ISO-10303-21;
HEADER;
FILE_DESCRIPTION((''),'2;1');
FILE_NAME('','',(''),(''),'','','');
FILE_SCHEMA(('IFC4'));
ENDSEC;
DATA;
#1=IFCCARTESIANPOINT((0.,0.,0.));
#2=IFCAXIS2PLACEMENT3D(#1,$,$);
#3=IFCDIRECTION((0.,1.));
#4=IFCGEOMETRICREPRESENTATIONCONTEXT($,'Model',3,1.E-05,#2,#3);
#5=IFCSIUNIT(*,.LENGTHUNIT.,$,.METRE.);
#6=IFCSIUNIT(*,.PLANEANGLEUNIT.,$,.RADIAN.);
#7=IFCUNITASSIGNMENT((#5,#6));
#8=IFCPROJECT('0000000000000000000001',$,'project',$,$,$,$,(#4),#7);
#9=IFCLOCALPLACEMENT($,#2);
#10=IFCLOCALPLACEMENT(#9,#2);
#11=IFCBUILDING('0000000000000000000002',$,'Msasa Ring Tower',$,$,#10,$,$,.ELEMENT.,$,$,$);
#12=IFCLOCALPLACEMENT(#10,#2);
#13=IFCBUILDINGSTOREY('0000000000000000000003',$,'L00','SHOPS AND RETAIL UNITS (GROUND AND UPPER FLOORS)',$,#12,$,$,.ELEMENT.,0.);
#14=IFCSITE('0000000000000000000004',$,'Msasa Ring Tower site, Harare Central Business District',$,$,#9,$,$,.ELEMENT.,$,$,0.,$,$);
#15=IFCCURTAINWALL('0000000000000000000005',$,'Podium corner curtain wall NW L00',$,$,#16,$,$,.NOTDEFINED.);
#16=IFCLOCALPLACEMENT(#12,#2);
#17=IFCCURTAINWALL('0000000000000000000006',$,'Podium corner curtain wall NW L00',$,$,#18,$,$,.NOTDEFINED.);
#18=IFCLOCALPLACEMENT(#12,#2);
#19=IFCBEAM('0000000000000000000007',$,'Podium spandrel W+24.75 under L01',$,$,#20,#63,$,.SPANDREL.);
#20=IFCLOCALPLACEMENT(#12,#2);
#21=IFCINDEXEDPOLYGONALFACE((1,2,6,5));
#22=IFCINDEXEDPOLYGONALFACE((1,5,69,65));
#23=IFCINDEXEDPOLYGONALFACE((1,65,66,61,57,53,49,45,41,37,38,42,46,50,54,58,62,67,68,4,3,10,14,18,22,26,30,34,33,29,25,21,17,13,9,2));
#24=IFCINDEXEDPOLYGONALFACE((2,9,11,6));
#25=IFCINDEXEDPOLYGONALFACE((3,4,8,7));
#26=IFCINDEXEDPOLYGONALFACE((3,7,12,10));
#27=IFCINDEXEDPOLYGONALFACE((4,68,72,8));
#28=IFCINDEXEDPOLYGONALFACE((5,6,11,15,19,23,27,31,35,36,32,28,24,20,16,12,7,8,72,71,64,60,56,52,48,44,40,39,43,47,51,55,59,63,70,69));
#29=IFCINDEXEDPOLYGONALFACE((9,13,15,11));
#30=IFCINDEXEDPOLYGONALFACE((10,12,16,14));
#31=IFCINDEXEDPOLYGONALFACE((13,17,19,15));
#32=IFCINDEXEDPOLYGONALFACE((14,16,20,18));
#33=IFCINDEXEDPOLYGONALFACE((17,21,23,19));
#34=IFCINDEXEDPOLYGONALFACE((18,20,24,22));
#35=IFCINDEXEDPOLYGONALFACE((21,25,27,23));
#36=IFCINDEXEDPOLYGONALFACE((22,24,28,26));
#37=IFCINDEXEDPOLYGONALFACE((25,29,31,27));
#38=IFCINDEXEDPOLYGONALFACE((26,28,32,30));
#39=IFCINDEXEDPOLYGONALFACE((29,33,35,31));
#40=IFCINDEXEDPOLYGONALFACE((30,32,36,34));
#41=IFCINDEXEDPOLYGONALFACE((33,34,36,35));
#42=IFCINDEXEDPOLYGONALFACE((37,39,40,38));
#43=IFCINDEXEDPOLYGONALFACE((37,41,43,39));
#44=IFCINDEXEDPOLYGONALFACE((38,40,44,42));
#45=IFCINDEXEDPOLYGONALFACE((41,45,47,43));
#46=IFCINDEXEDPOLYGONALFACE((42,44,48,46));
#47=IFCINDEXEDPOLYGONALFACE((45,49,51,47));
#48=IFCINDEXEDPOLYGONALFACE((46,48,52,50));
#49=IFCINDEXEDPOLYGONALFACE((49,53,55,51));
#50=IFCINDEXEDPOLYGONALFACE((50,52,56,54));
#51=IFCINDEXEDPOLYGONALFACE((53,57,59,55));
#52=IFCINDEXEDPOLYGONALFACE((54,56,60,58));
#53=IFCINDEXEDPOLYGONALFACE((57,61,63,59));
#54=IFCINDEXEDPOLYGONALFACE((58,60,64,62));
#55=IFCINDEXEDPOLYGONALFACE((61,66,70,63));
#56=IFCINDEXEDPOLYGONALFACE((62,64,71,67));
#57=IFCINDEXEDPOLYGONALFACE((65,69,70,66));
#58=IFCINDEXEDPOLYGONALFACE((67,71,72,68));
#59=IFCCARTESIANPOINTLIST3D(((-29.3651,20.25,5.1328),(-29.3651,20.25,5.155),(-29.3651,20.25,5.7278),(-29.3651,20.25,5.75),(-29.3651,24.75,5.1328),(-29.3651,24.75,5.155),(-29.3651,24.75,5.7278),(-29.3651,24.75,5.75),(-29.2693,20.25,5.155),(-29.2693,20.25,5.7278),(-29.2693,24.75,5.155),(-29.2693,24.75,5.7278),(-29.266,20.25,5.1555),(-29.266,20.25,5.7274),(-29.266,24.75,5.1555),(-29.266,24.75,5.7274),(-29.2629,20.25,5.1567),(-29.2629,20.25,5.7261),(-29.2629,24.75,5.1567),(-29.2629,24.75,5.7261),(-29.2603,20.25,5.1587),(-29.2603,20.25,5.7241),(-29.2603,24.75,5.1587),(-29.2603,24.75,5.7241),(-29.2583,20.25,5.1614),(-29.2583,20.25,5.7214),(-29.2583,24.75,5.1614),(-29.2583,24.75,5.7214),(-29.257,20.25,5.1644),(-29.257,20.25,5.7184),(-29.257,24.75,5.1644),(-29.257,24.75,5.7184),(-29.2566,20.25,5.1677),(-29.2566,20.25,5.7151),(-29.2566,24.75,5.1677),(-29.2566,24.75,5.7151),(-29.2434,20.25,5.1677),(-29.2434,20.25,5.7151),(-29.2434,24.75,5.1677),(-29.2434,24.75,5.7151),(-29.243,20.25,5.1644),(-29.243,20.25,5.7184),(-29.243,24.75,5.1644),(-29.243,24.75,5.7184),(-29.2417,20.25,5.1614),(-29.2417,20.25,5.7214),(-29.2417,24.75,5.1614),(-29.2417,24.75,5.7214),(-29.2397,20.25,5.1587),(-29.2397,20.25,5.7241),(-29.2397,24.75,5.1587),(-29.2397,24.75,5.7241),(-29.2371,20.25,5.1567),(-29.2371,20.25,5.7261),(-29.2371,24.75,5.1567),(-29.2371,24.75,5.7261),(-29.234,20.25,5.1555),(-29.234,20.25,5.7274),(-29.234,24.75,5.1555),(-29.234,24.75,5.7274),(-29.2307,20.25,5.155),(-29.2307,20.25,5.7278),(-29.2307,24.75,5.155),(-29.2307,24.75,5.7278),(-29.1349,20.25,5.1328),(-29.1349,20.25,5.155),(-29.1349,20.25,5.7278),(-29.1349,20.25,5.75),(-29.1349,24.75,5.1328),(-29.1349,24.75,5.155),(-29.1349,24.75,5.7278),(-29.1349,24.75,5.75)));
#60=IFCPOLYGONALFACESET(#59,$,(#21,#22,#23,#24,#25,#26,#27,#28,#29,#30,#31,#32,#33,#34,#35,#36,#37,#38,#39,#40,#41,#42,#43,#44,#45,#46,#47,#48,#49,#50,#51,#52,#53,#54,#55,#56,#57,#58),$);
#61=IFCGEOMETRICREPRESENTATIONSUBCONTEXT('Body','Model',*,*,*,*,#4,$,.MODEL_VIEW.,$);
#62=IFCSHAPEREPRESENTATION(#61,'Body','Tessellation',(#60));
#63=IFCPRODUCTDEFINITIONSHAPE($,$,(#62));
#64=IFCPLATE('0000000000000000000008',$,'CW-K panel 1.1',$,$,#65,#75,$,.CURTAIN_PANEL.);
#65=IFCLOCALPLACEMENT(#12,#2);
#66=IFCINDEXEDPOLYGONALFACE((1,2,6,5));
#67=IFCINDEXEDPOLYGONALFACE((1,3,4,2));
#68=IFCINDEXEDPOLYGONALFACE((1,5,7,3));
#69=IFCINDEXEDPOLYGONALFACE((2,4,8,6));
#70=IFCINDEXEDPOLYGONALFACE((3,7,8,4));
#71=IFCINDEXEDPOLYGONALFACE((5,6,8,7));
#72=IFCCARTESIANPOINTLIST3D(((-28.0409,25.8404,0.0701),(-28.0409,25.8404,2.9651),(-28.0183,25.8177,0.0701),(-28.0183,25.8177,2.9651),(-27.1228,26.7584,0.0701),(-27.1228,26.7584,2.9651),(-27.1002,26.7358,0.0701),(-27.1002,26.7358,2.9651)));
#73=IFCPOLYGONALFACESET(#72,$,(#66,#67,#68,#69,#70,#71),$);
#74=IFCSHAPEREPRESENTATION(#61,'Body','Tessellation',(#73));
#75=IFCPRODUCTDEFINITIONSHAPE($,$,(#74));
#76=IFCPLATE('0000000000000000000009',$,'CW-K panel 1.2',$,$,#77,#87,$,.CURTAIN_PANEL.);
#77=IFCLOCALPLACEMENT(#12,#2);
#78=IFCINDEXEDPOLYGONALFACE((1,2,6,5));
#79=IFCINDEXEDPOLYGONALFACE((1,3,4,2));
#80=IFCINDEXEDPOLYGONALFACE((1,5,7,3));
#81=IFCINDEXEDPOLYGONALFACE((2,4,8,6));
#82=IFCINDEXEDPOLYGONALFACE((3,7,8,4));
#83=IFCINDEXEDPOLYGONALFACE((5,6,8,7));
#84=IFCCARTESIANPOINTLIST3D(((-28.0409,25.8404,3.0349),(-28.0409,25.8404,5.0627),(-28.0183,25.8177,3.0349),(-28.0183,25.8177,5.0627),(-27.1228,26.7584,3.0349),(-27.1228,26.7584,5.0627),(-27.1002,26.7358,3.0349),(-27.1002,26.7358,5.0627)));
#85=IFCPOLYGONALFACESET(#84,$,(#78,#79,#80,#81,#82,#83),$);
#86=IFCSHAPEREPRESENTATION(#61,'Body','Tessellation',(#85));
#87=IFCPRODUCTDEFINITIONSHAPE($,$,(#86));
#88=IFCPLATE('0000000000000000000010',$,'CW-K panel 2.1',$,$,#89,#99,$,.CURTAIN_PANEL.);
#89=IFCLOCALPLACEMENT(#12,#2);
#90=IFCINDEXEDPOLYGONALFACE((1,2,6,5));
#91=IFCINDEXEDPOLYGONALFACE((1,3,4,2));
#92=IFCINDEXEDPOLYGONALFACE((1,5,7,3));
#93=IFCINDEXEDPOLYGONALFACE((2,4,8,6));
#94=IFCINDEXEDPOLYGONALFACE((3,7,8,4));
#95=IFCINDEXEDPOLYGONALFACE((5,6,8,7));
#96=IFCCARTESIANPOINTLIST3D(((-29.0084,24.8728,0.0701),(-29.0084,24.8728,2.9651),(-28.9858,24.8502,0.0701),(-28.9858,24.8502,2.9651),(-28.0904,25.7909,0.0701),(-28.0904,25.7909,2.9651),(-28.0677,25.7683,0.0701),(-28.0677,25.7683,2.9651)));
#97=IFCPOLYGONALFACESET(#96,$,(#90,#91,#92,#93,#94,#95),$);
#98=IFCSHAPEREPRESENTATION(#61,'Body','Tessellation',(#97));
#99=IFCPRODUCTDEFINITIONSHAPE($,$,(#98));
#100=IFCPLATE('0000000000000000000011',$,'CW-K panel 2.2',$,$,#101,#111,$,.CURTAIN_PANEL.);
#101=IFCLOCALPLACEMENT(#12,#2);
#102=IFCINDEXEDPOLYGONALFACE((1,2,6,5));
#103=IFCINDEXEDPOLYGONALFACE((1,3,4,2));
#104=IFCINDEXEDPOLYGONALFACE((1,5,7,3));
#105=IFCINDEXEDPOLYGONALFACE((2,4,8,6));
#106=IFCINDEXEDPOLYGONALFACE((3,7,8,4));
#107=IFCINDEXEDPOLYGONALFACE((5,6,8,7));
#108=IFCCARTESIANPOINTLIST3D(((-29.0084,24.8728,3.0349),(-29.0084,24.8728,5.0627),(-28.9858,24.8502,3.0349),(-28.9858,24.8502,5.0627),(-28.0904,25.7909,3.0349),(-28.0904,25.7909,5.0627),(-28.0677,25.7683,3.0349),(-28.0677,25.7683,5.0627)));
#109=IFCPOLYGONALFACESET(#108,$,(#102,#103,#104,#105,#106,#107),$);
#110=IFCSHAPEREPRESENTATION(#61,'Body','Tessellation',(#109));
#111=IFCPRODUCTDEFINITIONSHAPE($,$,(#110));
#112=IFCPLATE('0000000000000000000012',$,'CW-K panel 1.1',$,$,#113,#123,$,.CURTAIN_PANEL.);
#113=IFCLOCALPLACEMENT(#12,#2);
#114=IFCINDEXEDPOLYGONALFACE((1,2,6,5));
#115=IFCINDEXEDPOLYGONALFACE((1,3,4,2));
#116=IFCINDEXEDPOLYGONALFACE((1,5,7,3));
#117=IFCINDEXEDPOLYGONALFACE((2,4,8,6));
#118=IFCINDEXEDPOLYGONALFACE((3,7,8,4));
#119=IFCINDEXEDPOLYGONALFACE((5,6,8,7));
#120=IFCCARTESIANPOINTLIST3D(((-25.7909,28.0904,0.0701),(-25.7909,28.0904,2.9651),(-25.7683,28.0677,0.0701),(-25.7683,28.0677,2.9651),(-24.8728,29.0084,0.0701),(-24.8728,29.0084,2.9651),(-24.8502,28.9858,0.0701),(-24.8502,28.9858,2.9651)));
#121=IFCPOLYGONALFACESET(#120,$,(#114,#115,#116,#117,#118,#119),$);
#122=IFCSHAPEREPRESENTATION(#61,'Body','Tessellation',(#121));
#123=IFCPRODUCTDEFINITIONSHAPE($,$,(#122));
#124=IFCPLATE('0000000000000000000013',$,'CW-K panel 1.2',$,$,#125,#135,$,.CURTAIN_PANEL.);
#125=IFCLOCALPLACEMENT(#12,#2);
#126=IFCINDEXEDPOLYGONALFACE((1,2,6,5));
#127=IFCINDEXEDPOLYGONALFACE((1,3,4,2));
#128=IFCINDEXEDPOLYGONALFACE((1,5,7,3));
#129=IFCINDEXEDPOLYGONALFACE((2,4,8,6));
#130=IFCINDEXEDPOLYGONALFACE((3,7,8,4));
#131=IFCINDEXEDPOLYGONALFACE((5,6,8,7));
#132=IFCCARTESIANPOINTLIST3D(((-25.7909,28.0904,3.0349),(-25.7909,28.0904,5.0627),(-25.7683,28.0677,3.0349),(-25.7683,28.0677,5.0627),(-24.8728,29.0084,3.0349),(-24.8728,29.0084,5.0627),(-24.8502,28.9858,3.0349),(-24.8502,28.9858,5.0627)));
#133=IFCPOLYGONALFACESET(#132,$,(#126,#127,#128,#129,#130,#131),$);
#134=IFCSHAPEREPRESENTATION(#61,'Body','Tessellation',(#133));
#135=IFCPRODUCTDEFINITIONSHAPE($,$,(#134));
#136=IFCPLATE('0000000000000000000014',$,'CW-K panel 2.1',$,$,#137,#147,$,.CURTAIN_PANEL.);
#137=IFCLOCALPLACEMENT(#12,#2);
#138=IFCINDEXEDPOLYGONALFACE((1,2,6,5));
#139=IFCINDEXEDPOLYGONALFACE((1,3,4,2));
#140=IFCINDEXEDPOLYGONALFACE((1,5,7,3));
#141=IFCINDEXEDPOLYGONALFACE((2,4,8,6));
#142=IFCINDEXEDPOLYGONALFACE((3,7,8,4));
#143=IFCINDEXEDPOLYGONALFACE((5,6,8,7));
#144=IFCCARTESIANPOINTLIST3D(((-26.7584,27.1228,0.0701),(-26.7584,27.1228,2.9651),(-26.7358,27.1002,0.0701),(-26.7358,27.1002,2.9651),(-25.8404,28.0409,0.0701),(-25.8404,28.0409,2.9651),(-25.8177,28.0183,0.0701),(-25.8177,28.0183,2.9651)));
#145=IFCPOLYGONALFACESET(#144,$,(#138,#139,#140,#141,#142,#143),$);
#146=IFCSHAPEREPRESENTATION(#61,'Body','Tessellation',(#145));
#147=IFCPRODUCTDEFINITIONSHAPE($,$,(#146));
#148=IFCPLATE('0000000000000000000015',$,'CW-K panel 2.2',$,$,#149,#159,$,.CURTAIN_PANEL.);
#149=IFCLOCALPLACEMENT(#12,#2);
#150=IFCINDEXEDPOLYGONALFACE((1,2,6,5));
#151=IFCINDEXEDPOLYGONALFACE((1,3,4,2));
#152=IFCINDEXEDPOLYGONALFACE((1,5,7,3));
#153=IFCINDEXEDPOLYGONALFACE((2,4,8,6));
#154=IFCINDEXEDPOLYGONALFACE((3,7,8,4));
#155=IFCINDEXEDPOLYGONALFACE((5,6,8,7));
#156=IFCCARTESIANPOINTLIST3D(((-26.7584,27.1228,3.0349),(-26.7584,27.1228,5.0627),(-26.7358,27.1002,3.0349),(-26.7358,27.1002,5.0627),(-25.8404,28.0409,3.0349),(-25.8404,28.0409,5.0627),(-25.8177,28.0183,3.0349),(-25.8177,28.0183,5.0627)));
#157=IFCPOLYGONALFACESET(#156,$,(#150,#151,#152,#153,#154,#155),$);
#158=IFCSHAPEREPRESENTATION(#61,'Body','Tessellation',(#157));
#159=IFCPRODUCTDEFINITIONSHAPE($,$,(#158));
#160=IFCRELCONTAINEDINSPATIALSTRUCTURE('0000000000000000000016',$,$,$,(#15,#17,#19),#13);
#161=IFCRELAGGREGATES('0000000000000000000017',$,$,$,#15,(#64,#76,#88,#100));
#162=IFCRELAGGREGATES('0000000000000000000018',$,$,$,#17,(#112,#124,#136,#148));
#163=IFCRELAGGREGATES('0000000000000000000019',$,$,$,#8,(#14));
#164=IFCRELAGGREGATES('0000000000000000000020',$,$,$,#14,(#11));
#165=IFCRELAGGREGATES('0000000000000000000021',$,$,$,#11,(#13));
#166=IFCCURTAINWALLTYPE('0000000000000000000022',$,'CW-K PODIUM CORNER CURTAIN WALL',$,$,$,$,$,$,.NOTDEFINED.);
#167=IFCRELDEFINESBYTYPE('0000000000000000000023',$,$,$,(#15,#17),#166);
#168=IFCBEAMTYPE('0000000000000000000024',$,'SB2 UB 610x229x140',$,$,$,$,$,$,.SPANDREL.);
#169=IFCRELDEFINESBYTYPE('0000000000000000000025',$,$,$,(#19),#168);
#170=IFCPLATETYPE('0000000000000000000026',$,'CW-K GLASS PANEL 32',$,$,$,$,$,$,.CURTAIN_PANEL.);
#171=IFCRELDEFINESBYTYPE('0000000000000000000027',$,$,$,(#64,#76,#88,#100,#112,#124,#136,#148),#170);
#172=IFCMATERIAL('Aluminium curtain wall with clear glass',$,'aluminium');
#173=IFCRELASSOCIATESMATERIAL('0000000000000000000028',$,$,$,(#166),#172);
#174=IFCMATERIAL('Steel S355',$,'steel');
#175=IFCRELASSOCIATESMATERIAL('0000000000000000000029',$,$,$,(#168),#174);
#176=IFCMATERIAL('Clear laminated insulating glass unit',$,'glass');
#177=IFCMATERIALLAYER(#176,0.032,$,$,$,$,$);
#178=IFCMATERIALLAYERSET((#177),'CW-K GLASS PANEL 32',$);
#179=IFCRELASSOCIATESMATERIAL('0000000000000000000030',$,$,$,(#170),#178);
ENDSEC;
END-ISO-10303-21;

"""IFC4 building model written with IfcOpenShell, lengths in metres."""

from ifc_helpers import new_model, si_unit, direction, frame, origin, origin_2d, place, context, subcontext, project, spatial, rectangle, i_section, extrude, material, layer, layer_set, material_profile, profile_set, type_object, element, aggregate, save


model = new_model("IFC4")

# Units and contexts
model_context = context("Model", 3, precision=1e-05, world=origin(), true_north=direction((0.0, 1.0)))
body_context = subcontext(model_context, "Body", "Model", "MODEL_VIEW")
ifc_project = project(units=[si_unit("LENGTHUNIT", "METRE"), si_unit("PLANEANGLEUNIT", "RADIAN")], contexts=[model_context])

# Site, building, storey
site_placement = place(None, origin())
site = spatial("IfcSite", under=ifc_project, at=site_placement, Name="Msasa Ring Tower site, Harare Central Business District", CompositionType="ELEMENT", RefElevation=0.0)
building_placement = place(site_placement, origin())
building = spatial("IfcBuilding", under=site, at=building_placement, Name="Msasa Ring Tower", CompositionType="ELEMENT")
storey_placement = place(building_placement, origin())
storey = spatial("IfcBuildingStorey", under=building, at=storey_placement, Name="L00", Description="SHOPS AND RETAIL UNITS (GROUND AND UPPER FLOORS)", CompositionType="ELEMENT", Elevation=0.0)

# Curtain walls
ifc_material_1 = material(Name="Aluminium curtain wall with clear glass", Category="aluminium")
curtain_wall_type = type_object("IfcCurtainWallType", Name="CW-K PODIUM CORNER CURTAIN WALL", PredefinedType="NOTDEFINED", material=ifc_material_1)
curtain_wall_1_placement = place(storey_placement, origin())
curtain_wall_1 = element("IfcCurtainWall", 1, at=curtain_wall_1_placement, inside=storey, type_object=curtain_wall_type, Name="Podium corner curtain wall NW L00", PredefinedType="NOTDEFINED")
curtain_wall_2_placement = place(storey_placement, origin())
curtain_wall_2 = element("IfcCurtainWall", 2, at=curtain_wall_2_placement, inside=storey, type_object=curtain_wall_type, Name="Podium corner curtain wall NW L00", PredefinedType="NOTDEFINED")

# Beam
ifc_material_2 = material(Name="Steel S355", Category="steel")
ifc_material_profile_1 = material_profile(ifc_material_2, i_section(OverallWidth=0.2302, OverallDepth=0.6172, WebThickness=0.0132, FlangeThickness=0.0222, FilletRadius=0.0127, at=origin_2d()), Name="UB 610x229x140")
ifc_profile_set_1 = profile_set([ifc_material_profile_1], Name="Steel S355")
beam_type_1 = type_object("IfcBeamType", Name="SB2 UB 610x229x140", PredefinedType="SPANDREL", material=ifc_profile_set_1)
beam_1_placement = place(storey_placement, frame((-29.25, 24.75, 5.4414), z_axis=(0.0, -1.0, 0.0), x_axis=(1.0, 0.0, 0.0)))
element("IfcBeam", 3, at=beam_1_placement, inside=storey, type_object=beam_type_1, Name="Podium spandrel W+24.75 under L01", PredefinedType="SPANDREL", context=body_context, shape_type="SweptSolid", body=[
    extrude(i_section(OverallWidth=0.2302, OverallDepth=0.6172, WebThickness=0.0132, FlangeThickness=0.0222, FilletRadius=0.0127, at=origin_2d()), origin(), (0.0, 0.0, 1.0), 4.5),
])

# Plates
ifc_material_3 = material(Name="Clear laminated insulating glass unit", Category="glass")
ifc_layer = layer(ifc_material_3, 0.032)
ifc_layer_set = layer_set([ifc_layer], Name="CW-K GLASS PANEL 32")
plate_type = type_object("IfcPlateType", Name="CW-K GLASS PANEL 32", PredefinedType="CURTAIN_PANEL", material=ifc_layer_set)
plate_1_placement = place(storey_placement, frame((-27.5706, 26.2881, 0.0701), z_axis=(0.0, 0.0, 1.0), x_axis=(-0.707107, -0.707107, 0.0)))
plate_1 = element("IfcPlate", 4, at=plate_1_placement, type_object=plate_type, Name="CW-K panel 1.1", PredefinedType="CURTAIN_PANEL", context=body_context, shape_type="SweptSolid", body=[
    extrude(rectangle(XDim=1.2983, YDim=0.032, at=origin_2d()), origin(), (0.0, 0.0, 1.0), 2.895),
])
plate_2_placement = place(storey_placement, frame((-27.5706, 26.2881, 3.0349), z_axis=(0.0, 0.0, 1.0), x_axis=(-0.707107, -0.707107, 0.0)))
plate_2 = element("IfcPlate", 5, at=plate_2_placement, type_object=plate_type, Name="CW-K panel 1.2", PredefinedType="CURTAIN_PANEL", context=body_context, shape_type="SweptSolid", body=[
    extrude(rectangle(XDim=1.2983, YDim=0.032, at=origin_2d()), origin(), (0.0, 0.0, 1.0), 2.0278),
])
plate_3_placement = place(storey_placement, frame((-28.5381, 25.3206, 0.0701), z_axis=(0.0, 0.0, 1.0), x_axis=(-0.707107, -0.707107, 0.0)))
plate_3 = element("IfcPlate", 6, at=plate_3_placement, type_object=plate_type, Name="CW-K panel 2.1", PredefinedType="CURTAIN_PANEL", context=body_context, shape_type="SweptSolid", body=[
    extrude(rectangle(XDim=1.2983, YDim=0.032, at=origin_2d()), origin(), (0.0, 0.0, 1.0), 2.895),
])
plate_4_placement = place(storey_placement, frame((-28.5381, 25.3206, 3.0349), z_axis=(0.0, 0.0, 1.0), x_axis=(-0.707107, -0.707107, 0.0)))
plate_4 = element("IfcPlate", 7, at=plate_4_placement, type_object=plate_type, Name="CW-K panel 2.2", PredefinedType="CURTAIN_PANEL", context=body_context, shape_type="SweptSolid", body=[
    extrude(rectangle(XDim=1.2983, YDim=0.032, at=origin_2d()), origin(), (0.0, 0.0, 1.0), 2.0278),
])
aggregate(curtain_wall_1, [plate_1, plate_2, plate_3, plate_4])
plate_5_placement = place(storey_placement, frame((-25.3206, 28.5381, 0.0701), z_axis=(0.0, 0.0, 1.0), x_axis=(-0.707107, -0.707107, 0.0)))
plate_5 = element("IfcPlate", 8, at=plate_5_placement, type_object=plate_type, Name="CW-K panel 1.1", PredefinedType="CURTAIN_PANEL", context=body_context, shape_type="SweptSolid", body=[
    extrude(rectangle(XDim=1.2983, YDim=0.032, at=origin_2d()), origin(), (0.0, 0.0, 1.0), 2.895),
])
plate_6_placement = place(storey_placement, frame((-25.3206, 28.5381, 3.0349), z_axis=(0.0, 0.0, 1.0), x_axis=(-0.707107, -0.707107, 0.0)))
plate_6 = element("IfcPlate", 9, at=plate_6_placement, type_object=plate_type, Name="CW-K panel 1.2", PredefinedType="CURTAIN_PANEL", context=body_context, shape_type="SweptSolid", body=[
    extrude(rectangle(XDim=1.2983, YDim=0.032, at=origin_2d()), origin(), (0.0, 0.0, 1.0), 2.0278),
])
plate_7_placement = place(storey_placement, frame((-26.2881, 27.5706, 0.0701), z_axis=(0.0, 0.0, 1.0), x_axis=(-0.707107, -0.707107, 0.0)))
plate_7 = element("IfcPlate", 10, at=plate_7_placement, type_object=plate_type, Name="CW-K panel 2.1", PredefinedType="CURTAIN_PANEL", context=body_context, shape_type="SweptSolid", body=[
    extrude(rectangle(XDim=1.2983, YDim=0.032, at=origin_2d()), origin(), (0.0, 0.0, 1.0), 2.895),
])
plate_8_placement = place(storey_placement, frame((-26.2881, 27.5706, 3.0349), z_axis=(0.0, 0.0, 1.0), x_axis=(-0.707107, -0.707107, 0.0)))
plate_8 = element("IfcPlate", 11, at=plate_8_placement, type_object=plate_type, Name="CW-K panel 2.2", PredefinedType="CURTAIN_PANEL", context=body_context, shape_type="SweptSolid", body=[
    extrude(rectangle(XDim=1.2983, YDim=0.032, at=origin_2d()), origin(), (0.0, 0.0, 1.0), 2.0278),
])
aggregate(curtain_wall_2, [plate_5, plate_6, plate_7, plate_8])

save(model, "model.ifc")
